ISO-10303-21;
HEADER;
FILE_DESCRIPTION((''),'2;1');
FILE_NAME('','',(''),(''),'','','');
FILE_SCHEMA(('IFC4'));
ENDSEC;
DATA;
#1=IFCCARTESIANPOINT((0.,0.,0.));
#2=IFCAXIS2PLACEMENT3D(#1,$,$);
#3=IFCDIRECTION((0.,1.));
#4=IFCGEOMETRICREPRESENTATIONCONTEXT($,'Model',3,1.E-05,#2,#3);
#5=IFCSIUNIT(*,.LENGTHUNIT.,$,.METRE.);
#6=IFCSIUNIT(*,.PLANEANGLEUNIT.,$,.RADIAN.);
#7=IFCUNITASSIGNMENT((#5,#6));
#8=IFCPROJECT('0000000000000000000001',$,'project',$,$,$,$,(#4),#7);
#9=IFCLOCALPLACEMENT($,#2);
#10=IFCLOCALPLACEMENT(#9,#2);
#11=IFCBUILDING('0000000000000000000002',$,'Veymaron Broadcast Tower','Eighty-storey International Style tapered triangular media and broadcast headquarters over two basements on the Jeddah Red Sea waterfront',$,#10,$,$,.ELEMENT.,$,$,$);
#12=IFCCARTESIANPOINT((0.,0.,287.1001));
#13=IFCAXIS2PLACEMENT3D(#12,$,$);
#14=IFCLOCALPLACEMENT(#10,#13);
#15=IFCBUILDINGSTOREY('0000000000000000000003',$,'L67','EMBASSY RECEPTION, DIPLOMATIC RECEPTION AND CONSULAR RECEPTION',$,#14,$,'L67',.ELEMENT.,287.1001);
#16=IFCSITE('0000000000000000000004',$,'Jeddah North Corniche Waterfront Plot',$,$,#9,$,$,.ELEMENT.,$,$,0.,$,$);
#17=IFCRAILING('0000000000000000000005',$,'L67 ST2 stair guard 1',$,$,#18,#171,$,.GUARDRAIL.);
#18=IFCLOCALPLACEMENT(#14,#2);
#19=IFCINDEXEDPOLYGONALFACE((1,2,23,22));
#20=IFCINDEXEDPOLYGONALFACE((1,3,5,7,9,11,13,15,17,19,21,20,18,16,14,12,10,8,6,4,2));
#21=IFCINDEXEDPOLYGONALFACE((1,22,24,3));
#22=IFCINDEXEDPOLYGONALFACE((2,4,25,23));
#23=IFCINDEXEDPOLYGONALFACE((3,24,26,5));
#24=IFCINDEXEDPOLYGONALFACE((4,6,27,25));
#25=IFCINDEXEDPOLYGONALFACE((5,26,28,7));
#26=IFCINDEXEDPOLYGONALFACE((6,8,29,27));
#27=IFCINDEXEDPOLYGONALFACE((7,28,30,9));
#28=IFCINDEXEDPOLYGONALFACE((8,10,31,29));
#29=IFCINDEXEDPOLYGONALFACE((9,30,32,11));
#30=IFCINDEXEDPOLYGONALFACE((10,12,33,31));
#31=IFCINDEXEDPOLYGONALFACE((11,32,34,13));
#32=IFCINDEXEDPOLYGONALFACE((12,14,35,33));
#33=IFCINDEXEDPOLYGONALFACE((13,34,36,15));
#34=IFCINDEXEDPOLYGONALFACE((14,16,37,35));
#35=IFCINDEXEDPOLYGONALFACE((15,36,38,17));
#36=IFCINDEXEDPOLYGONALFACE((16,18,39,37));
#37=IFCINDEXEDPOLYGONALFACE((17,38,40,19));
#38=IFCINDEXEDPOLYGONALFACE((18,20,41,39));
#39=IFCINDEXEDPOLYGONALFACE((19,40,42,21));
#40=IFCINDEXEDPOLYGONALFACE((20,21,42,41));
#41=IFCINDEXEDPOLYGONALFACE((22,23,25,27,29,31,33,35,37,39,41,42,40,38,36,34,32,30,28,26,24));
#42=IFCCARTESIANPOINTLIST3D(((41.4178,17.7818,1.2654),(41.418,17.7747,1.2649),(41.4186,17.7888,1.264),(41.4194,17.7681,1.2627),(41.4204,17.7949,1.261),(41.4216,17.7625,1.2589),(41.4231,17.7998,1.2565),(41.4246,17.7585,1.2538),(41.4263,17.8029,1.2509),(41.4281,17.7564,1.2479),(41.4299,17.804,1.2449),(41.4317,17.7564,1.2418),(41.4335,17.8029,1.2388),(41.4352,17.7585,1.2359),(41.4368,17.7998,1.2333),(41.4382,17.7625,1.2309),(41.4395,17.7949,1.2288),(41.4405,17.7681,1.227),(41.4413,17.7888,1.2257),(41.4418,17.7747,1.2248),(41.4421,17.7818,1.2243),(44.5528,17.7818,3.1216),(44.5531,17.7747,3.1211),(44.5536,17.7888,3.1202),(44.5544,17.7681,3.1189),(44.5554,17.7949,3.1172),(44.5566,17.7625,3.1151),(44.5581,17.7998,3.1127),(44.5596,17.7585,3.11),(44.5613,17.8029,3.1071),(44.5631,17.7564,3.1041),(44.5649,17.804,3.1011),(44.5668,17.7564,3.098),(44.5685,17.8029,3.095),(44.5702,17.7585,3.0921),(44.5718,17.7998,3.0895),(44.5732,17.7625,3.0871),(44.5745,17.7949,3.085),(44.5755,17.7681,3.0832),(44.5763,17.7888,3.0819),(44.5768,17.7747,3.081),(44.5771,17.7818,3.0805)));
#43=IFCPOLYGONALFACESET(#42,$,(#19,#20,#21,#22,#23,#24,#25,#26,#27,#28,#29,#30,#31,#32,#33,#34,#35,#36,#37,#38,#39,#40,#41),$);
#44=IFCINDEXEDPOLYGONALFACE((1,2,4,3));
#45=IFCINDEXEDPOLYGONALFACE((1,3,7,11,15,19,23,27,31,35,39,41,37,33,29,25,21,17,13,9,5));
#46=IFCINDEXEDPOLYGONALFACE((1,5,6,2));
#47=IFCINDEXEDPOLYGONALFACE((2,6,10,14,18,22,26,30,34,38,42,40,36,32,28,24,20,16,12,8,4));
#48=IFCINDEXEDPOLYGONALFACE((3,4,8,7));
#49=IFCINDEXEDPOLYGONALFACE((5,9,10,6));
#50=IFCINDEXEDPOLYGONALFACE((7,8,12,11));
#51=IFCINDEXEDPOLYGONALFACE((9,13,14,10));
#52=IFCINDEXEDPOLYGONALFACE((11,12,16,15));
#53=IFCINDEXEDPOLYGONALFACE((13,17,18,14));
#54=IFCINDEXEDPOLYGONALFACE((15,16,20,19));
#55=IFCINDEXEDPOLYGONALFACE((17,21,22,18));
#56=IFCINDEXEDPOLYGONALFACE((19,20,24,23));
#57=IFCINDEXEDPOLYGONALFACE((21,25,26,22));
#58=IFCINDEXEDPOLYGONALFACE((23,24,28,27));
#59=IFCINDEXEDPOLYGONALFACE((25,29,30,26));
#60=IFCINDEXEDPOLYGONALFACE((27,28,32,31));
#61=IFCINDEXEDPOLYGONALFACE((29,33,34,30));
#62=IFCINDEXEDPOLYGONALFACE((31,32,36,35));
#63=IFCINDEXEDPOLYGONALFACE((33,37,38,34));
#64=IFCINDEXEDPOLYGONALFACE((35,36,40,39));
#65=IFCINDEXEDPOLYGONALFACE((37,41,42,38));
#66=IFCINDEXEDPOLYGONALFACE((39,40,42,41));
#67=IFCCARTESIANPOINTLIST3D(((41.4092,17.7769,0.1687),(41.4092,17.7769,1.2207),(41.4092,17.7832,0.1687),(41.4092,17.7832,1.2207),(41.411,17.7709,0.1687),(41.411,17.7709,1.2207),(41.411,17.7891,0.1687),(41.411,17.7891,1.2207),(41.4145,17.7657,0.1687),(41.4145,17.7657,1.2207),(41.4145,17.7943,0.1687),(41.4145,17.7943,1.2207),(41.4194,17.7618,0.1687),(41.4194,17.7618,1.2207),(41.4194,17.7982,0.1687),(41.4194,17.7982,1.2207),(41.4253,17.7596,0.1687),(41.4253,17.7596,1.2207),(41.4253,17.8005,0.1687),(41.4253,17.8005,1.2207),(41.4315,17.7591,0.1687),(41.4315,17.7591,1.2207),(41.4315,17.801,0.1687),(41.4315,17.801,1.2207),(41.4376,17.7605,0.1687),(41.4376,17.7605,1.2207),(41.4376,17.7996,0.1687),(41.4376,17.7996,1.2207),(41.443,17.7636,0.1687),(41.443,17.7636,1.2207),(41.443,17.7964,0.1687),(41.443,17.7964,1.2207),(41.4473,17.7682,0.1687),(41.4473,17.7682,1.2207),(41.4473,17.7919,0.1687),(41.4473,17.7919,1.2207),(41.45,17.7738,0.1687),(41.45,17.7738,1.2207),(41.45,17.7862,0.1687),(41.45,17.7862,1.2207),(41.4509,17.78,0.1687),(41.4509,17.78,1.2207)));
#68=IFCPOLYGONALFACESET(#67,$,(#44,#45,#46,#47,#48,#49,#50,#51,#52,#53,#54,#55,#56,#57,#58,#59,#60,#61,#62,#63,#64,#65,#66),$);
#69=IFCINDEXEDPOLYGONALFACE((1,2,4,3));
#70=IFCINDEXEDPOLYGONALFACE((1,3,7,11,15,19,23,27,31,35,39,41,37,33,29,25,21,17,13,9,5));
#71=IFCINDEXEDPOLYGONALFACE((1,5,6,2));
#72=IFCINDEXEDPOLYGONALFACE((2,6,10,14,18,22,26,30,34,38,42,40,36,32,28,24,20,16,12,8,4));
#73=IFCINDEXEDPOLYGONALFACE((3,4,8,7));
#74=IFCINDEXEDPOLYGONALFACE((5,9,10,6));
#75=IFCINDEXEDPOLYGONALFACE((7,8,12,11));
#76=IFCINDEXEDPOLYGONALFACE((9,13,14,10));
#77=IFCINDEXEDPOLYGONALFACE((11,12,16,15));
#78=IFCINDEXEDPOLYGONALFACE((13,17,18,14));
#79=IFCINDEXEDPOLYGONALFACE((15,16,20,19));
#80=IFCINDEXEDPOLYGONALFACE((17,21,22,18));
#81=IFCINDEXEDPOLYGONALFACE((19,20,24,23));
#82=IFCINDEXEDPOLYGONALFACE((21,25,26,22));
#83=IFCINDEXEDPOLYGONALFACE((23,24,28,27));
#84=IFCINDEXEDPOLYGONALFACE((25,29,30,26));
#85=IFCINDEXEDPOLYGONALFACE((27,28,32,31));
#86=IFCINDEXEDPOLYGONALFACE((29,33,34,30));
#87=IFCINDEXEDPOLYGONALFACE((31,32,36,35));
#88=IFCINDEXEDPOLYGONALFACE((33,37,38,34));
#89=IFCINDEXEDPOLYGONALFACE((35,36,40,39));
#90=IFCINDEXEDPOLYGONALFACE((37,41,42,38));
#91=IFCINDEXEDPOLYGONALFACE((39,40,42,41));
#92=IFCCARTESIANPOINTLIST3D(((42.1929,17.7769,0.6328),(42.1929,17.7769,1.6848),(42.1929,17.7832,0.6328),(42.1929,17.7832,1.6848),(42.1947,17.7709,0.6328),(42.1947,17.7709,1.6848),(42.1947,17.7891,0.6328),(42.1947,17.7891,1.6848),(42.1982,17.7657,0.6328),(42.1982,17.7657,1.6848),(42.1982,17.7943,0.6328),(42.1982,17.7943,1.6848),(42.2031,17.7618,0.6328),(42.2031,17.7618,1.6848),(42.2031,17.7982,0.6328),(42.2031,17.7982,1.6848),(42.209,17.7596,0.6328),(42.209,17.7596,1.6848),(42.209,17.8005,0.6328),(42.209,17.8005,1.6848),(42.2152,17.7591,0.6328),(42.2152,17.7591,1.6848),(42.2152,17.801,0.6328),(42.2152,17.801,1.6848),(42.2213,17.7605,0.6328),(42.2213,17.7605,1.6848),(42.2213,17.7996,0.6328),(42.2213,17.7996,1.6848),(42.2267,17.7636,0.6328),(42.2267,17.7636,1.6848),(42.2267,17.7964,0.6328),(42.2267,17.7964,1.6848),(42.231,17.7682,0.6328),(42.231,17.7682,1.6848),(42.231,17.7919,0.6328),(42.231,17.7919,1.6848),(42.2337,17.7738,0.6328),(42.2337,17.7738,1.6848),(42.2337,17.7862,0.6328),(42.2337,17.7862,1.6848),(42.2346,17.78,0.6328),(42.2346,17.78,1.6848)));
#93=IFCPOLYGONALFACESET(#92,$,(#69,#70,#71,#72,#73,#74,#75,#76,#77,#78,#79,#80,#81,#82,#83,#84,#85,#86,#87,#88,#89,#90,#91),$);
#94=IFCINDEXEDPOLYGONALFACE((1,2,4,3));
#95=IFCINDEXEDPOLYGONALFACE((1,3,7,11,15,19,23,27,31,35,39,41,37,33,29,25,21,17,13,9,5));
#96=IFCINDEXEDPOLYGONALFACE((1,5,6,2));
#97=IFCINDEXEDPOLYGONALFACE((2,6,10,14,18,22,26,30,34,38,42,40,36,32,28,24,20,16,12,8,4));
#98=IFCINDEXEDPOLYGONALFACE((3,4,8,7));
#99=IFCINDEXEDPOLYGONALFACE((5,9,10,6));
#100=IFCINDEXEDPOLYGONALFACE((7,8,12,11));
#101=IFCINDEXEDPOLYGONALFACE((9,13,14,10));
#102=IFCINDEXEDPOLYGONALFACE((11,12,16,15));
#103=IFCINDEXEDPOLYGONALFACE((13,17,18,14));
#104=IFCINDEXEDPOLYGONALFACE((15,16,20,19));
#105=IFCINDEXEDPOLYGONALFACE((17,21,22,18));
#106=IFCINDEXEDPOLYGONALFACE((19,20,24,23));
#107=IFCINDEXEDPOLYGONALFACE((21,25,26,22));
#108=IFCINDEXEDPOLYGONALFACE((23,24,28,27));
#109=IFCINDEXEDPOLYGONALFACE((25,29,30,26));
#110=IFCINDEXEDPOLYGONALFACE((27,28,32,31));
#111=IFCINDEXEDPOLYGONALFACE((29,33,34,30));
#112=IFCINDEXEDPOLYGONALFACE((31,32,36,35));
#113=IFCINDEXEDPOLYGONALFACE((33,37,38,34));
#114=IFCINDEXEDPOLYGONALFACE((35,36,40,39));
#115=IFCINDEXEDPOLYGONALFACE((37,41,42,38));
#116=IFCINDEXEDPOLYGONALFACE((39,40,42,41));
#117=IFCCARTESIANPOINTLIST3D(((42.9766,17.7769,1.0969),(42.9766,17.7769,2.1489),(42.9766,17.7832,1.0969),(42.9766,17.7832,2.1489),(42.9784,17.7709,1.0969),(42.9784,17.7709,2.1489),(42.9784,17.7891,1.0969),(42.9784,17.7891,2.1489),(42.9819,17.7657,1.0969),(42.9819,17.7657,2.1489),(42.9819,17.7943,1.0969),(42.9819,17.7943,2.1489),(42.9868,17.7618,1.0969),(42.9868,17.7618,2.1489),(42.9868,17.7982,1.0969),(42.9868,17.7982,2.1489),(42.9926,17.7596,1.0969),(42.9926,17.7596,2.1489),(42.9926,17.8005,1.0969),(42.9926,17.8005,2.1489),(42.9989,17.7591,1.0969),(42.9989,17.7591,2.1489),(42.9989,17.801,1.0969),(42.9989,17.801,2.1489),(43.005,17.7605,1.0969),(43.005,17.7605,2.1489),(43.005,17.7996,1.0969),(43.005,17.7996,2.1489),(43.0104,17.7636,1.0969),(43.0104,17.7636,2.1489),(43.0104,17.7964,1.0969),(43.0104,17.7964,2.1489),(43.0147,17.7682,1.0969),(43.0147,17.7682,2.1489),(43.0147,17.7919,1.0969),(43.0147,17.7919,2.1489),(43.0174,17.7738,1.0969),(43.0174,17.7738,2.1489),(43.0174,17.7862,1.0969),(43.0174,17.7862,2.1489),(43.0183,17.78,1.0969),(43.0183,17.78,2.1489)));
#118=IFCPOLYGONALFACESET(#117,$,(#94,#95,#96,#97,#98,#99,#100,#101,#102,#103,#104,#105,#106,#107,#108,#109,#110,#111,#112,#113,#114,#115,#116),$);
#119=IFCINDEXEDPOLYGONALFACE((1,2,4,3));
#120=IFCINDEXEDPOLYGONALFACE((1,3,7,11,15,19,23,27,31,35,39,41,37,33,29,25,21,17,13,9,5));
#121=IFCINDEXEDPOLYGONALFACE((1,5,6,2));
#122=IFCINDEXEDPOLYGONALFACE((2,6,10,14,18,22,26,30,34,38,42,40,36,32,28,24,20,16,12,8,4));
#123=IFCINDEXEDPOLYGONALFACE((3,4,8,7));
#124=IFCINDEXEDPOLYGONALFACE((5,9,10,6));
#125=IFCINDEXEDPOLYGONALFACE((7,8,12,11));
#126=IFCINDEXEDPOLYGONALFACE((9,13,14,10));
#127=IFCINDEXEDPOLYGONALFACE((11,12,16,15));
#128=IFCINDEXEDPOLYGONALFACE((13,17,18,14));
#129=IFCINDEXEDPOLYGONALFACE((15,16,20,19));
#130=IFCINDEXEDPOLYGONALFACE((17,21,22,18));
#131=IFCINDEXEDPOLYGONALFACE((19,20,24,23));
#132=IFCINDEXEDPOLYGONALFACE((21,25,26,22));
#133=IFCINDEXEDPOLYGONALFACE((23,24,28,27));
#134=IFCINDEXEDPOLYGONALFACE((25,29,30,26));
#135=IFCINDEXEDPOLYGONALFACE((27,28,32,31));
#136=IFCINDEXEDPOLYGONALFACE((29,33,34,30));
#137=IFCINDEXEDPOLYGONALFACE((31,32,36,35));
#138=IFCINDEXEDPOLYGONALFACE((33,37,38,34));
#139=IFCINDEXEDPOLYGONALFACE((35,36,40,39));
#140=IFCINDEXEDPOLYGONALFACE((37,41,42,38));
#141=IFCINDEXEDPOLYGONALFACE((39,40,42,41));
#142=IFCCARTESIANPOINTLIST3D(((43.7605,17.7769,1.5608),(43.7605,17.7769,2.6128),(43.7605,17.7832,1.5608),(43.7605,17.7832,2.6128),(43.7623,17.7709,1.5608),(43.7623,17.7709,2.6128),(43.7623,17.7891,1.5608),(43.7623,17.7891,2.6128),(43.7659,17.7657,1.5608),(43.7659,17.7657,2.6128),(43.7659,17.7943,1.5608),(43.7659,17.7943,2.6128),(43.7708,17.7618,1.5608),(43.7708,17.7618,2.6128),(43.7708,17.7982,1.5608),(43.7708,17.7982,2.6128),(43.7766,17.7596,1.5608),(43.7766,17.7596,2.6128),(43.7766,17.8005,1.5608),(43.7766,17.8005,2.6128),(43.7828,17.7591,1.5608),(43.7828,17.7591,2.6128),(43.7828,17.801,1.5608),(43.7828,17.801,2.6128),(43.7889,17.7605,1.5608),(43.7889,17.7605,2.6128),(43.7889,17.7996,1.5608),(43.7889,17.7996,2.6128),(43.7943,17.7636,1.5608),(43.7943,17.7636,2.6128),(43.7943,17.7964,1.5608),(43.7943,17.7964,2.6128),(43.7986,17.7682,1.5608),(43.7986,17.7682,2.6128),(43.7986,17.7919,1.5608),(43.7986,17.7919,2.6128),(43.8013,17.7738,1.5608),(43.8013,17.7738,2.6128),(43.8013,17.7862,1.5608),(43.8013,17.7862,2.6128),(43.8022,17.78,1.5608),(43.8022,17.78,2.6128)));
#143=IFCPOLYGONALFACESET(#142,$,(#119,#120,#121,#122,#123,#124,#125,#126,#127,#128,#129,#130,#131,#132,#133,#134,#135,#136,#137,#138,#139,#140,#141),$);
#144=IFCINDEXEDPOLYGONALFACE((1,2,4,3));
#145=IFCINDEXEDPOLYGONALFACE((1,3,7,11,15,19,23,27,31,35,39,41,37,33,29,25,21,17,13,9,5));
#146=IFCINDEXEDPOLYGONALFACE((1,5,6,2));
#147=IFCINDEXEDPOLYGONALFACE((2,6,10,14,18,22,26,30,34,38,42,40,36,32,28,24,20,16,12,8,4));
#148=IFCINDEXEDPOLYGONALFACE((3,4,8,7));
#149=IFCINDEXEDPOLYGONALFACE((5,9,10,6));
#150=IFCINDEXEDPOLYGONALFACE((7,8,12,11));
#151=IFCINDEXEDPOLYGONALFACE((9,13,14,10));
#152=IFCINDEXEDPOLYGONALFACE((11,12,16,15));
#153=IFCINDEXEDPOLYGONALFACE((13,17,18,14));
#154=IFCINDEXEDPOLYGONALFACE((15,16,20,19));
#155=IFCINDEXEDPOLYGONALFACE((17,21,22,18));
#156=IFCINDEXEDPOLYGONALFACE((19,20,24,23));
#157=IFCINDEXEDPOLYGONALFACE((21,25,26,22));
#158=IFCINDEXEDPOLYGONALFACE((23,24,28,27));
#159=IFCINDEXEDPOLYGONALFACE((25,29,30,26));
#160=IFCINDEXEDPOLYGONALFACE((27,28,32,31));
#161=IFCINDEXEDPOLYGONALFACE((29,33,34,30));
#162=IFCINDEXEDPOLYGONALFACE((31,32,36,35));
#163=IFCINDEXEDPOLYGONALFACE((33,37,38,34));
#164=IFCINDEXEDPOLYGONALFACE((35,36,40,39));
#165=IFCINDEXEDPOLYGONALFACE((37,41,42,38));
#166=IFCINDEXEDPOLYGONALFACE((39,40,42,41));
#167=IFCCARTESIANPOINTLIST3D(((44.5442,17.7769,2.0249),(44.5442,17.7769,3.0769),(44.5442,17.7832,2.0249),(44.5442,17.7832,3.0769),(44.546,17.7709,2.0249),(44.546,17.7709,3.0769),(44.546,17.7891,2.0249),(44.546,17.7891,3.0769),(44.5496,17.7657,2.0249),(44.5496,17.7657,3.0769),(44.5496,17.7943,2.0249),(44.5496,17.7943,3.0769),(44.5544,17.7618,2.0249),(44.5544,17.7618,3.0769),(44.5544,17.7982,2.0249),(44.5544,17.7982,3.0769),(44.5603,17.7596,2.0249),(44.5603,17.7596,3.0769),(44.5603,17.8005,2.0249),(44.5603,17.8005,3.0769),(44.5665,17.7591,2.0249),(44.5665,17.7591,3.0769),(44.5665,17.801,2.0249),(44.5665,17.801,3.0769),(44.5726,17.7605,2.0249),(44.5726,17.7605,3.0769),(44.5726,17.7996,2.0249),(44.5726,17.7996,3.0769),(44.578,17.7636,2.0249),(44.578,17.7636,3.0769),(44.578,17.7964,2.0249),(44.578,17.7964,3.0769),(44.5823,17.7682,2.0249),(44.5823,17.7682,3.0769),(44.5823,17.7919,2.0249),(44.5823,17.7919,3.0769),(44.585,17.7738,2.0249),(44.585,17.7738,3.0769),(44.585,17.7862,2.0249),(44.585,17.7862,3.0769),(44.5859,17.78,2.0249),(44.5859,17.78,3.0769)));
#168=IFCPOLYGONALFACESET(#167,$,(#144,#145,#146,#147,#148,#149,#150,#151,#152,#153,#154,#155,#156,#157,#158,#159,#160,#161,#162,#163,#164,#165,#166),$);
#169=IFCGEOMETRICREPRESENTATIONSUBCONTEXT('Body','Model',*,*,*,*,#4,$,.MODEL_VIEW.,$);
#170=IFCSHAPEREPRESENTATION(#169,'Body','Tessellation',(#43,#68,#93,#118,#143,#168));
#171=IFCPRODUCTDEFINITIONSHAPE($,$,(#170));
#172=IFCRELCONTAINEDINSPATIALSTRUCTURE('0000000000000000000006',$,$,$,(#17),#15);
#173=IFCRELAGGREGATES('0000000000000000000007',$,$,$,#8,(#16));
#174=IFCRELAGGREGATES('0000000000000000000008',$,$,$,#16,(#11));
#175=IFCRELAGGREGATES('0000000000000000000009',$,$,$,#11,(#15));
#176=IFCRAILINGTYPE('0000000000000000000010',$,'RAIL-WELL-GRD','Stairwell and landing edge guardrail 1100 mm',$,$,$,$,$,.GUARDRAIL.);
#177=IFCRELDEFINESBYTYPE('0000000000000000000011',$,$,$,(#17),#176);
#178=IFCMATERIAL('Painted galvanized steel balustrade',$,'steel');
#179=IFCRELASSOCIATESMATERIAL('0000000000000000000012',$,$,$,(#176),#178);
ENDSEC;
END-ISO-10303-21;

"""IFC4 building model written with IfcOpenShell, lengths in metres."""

from ifc_helpers import new_model, si_unit, direction, frame, origin, origin_2d, place, context, subcontext, project, spatial, circle, extrude, material, type_object, element, save


model = new_model("IFC4")

# Units and contexts
model_context = context("Model", 3, precision=1e-05, world=origin(), true_north=direction((0.0, 1.0)))
body_context = subcontext(model_context, "Body", "Model", "MODEL_VIEW")
ifc_project = project(units=[si_unit("LENGTHUNIT", "METRE"), si_unit("PLANEANGLEUNIT", "RADIAN")], contexts=[model_context])

# Site, building, storey
site_placement = place(None, origin())
site = spatial("IfcSite", under=ifc_project, at=site_placement, Name="Jeddah North Corniche Waterfront Plot", CompositionType="ELEMENT", RefElevation=0.0)
building_placement = place(site_placement, origin())
building = spatial("IfcBuilding", under=site, at=building_placement, Name="Veymaron Broadcast Tower", Description="Eighty-storey International Style tapered triangular media and broadcast headquarters over two basements on the Jeddah Red Sea waterfront", CompositionType="ELEMENT")
storey_placement = place(building_placement, frame((0.0, 0.0, 287.1001)))
storey = spatial("IfcBuildingStorey", under=building, at=storey_placement, Name="L67", Description="EMBASSY RECEPTION, DIPLOMATIC RECEPTION AND CONSULAR RECEPTION", LongName="L67", CompositionType="ELEMENT", Elevation=287.1001)

# Railing
ifc_material_1 = material(Name="Painted galvanized steel balustrade", Category="steel")
railing_type_1 = type_object("IfcRailingType", Name="RAIL-WELL-GRD", Description="Stairwell and landing edge guardrail 1100 mm", PredefinedType="GUARDRAIL", material=ifc_material_1)
railing_1_placement = place(storey_placement, frame((41.4299, 17.78, 0.1687)))
element("IfcRailing", 1, at=railing_1_placement, inside=storey, type_object=railing_type_1, Name="L67 ST2 stair guard 1", PredefinedType="GUARDRAIL", context=body_context, shape_type="SweptSolid", body=[
    extrude(circle(Radius=0.0239, at=origin_2d()), frame((0.0, 0.0, 1.0762), z_axis=(0.860482, 0.0, 0.509481), x_axis=(0.0, 1.0, 0.0)), (0.0, 0.0, 1.0), 3.6433),
    extrude(circle(Radius=0.021, at=origin_2d()), origin(), (0.0, 0.0, 1.0), 1.052),
    extrude(circle(Radius=0.021, at=origin_2d()), frame((0.7837, 0.0, 0.4641)), (0.0, 0.0, 1.0), 1.052),
    extrude(circle(Radius=0.021, at=origin_2d()), frame((1.5674, 0.0, 0.9282)), (0.0, 0.0, 1.0), 1.052),
    extrude(circle(Radius=0.021, at=origin_2d()), frame((2.3513, 0.0, 1.3921)), (0.0, 0.0, 1.0), 1.052),
    extrude(circle(Radius=0.021, at=origin_2d()), frame((3.135, 0.0, 1.8562)), (0.0, 0.0, 1.0), 1.052),
])

save(model, "model.ifc")
